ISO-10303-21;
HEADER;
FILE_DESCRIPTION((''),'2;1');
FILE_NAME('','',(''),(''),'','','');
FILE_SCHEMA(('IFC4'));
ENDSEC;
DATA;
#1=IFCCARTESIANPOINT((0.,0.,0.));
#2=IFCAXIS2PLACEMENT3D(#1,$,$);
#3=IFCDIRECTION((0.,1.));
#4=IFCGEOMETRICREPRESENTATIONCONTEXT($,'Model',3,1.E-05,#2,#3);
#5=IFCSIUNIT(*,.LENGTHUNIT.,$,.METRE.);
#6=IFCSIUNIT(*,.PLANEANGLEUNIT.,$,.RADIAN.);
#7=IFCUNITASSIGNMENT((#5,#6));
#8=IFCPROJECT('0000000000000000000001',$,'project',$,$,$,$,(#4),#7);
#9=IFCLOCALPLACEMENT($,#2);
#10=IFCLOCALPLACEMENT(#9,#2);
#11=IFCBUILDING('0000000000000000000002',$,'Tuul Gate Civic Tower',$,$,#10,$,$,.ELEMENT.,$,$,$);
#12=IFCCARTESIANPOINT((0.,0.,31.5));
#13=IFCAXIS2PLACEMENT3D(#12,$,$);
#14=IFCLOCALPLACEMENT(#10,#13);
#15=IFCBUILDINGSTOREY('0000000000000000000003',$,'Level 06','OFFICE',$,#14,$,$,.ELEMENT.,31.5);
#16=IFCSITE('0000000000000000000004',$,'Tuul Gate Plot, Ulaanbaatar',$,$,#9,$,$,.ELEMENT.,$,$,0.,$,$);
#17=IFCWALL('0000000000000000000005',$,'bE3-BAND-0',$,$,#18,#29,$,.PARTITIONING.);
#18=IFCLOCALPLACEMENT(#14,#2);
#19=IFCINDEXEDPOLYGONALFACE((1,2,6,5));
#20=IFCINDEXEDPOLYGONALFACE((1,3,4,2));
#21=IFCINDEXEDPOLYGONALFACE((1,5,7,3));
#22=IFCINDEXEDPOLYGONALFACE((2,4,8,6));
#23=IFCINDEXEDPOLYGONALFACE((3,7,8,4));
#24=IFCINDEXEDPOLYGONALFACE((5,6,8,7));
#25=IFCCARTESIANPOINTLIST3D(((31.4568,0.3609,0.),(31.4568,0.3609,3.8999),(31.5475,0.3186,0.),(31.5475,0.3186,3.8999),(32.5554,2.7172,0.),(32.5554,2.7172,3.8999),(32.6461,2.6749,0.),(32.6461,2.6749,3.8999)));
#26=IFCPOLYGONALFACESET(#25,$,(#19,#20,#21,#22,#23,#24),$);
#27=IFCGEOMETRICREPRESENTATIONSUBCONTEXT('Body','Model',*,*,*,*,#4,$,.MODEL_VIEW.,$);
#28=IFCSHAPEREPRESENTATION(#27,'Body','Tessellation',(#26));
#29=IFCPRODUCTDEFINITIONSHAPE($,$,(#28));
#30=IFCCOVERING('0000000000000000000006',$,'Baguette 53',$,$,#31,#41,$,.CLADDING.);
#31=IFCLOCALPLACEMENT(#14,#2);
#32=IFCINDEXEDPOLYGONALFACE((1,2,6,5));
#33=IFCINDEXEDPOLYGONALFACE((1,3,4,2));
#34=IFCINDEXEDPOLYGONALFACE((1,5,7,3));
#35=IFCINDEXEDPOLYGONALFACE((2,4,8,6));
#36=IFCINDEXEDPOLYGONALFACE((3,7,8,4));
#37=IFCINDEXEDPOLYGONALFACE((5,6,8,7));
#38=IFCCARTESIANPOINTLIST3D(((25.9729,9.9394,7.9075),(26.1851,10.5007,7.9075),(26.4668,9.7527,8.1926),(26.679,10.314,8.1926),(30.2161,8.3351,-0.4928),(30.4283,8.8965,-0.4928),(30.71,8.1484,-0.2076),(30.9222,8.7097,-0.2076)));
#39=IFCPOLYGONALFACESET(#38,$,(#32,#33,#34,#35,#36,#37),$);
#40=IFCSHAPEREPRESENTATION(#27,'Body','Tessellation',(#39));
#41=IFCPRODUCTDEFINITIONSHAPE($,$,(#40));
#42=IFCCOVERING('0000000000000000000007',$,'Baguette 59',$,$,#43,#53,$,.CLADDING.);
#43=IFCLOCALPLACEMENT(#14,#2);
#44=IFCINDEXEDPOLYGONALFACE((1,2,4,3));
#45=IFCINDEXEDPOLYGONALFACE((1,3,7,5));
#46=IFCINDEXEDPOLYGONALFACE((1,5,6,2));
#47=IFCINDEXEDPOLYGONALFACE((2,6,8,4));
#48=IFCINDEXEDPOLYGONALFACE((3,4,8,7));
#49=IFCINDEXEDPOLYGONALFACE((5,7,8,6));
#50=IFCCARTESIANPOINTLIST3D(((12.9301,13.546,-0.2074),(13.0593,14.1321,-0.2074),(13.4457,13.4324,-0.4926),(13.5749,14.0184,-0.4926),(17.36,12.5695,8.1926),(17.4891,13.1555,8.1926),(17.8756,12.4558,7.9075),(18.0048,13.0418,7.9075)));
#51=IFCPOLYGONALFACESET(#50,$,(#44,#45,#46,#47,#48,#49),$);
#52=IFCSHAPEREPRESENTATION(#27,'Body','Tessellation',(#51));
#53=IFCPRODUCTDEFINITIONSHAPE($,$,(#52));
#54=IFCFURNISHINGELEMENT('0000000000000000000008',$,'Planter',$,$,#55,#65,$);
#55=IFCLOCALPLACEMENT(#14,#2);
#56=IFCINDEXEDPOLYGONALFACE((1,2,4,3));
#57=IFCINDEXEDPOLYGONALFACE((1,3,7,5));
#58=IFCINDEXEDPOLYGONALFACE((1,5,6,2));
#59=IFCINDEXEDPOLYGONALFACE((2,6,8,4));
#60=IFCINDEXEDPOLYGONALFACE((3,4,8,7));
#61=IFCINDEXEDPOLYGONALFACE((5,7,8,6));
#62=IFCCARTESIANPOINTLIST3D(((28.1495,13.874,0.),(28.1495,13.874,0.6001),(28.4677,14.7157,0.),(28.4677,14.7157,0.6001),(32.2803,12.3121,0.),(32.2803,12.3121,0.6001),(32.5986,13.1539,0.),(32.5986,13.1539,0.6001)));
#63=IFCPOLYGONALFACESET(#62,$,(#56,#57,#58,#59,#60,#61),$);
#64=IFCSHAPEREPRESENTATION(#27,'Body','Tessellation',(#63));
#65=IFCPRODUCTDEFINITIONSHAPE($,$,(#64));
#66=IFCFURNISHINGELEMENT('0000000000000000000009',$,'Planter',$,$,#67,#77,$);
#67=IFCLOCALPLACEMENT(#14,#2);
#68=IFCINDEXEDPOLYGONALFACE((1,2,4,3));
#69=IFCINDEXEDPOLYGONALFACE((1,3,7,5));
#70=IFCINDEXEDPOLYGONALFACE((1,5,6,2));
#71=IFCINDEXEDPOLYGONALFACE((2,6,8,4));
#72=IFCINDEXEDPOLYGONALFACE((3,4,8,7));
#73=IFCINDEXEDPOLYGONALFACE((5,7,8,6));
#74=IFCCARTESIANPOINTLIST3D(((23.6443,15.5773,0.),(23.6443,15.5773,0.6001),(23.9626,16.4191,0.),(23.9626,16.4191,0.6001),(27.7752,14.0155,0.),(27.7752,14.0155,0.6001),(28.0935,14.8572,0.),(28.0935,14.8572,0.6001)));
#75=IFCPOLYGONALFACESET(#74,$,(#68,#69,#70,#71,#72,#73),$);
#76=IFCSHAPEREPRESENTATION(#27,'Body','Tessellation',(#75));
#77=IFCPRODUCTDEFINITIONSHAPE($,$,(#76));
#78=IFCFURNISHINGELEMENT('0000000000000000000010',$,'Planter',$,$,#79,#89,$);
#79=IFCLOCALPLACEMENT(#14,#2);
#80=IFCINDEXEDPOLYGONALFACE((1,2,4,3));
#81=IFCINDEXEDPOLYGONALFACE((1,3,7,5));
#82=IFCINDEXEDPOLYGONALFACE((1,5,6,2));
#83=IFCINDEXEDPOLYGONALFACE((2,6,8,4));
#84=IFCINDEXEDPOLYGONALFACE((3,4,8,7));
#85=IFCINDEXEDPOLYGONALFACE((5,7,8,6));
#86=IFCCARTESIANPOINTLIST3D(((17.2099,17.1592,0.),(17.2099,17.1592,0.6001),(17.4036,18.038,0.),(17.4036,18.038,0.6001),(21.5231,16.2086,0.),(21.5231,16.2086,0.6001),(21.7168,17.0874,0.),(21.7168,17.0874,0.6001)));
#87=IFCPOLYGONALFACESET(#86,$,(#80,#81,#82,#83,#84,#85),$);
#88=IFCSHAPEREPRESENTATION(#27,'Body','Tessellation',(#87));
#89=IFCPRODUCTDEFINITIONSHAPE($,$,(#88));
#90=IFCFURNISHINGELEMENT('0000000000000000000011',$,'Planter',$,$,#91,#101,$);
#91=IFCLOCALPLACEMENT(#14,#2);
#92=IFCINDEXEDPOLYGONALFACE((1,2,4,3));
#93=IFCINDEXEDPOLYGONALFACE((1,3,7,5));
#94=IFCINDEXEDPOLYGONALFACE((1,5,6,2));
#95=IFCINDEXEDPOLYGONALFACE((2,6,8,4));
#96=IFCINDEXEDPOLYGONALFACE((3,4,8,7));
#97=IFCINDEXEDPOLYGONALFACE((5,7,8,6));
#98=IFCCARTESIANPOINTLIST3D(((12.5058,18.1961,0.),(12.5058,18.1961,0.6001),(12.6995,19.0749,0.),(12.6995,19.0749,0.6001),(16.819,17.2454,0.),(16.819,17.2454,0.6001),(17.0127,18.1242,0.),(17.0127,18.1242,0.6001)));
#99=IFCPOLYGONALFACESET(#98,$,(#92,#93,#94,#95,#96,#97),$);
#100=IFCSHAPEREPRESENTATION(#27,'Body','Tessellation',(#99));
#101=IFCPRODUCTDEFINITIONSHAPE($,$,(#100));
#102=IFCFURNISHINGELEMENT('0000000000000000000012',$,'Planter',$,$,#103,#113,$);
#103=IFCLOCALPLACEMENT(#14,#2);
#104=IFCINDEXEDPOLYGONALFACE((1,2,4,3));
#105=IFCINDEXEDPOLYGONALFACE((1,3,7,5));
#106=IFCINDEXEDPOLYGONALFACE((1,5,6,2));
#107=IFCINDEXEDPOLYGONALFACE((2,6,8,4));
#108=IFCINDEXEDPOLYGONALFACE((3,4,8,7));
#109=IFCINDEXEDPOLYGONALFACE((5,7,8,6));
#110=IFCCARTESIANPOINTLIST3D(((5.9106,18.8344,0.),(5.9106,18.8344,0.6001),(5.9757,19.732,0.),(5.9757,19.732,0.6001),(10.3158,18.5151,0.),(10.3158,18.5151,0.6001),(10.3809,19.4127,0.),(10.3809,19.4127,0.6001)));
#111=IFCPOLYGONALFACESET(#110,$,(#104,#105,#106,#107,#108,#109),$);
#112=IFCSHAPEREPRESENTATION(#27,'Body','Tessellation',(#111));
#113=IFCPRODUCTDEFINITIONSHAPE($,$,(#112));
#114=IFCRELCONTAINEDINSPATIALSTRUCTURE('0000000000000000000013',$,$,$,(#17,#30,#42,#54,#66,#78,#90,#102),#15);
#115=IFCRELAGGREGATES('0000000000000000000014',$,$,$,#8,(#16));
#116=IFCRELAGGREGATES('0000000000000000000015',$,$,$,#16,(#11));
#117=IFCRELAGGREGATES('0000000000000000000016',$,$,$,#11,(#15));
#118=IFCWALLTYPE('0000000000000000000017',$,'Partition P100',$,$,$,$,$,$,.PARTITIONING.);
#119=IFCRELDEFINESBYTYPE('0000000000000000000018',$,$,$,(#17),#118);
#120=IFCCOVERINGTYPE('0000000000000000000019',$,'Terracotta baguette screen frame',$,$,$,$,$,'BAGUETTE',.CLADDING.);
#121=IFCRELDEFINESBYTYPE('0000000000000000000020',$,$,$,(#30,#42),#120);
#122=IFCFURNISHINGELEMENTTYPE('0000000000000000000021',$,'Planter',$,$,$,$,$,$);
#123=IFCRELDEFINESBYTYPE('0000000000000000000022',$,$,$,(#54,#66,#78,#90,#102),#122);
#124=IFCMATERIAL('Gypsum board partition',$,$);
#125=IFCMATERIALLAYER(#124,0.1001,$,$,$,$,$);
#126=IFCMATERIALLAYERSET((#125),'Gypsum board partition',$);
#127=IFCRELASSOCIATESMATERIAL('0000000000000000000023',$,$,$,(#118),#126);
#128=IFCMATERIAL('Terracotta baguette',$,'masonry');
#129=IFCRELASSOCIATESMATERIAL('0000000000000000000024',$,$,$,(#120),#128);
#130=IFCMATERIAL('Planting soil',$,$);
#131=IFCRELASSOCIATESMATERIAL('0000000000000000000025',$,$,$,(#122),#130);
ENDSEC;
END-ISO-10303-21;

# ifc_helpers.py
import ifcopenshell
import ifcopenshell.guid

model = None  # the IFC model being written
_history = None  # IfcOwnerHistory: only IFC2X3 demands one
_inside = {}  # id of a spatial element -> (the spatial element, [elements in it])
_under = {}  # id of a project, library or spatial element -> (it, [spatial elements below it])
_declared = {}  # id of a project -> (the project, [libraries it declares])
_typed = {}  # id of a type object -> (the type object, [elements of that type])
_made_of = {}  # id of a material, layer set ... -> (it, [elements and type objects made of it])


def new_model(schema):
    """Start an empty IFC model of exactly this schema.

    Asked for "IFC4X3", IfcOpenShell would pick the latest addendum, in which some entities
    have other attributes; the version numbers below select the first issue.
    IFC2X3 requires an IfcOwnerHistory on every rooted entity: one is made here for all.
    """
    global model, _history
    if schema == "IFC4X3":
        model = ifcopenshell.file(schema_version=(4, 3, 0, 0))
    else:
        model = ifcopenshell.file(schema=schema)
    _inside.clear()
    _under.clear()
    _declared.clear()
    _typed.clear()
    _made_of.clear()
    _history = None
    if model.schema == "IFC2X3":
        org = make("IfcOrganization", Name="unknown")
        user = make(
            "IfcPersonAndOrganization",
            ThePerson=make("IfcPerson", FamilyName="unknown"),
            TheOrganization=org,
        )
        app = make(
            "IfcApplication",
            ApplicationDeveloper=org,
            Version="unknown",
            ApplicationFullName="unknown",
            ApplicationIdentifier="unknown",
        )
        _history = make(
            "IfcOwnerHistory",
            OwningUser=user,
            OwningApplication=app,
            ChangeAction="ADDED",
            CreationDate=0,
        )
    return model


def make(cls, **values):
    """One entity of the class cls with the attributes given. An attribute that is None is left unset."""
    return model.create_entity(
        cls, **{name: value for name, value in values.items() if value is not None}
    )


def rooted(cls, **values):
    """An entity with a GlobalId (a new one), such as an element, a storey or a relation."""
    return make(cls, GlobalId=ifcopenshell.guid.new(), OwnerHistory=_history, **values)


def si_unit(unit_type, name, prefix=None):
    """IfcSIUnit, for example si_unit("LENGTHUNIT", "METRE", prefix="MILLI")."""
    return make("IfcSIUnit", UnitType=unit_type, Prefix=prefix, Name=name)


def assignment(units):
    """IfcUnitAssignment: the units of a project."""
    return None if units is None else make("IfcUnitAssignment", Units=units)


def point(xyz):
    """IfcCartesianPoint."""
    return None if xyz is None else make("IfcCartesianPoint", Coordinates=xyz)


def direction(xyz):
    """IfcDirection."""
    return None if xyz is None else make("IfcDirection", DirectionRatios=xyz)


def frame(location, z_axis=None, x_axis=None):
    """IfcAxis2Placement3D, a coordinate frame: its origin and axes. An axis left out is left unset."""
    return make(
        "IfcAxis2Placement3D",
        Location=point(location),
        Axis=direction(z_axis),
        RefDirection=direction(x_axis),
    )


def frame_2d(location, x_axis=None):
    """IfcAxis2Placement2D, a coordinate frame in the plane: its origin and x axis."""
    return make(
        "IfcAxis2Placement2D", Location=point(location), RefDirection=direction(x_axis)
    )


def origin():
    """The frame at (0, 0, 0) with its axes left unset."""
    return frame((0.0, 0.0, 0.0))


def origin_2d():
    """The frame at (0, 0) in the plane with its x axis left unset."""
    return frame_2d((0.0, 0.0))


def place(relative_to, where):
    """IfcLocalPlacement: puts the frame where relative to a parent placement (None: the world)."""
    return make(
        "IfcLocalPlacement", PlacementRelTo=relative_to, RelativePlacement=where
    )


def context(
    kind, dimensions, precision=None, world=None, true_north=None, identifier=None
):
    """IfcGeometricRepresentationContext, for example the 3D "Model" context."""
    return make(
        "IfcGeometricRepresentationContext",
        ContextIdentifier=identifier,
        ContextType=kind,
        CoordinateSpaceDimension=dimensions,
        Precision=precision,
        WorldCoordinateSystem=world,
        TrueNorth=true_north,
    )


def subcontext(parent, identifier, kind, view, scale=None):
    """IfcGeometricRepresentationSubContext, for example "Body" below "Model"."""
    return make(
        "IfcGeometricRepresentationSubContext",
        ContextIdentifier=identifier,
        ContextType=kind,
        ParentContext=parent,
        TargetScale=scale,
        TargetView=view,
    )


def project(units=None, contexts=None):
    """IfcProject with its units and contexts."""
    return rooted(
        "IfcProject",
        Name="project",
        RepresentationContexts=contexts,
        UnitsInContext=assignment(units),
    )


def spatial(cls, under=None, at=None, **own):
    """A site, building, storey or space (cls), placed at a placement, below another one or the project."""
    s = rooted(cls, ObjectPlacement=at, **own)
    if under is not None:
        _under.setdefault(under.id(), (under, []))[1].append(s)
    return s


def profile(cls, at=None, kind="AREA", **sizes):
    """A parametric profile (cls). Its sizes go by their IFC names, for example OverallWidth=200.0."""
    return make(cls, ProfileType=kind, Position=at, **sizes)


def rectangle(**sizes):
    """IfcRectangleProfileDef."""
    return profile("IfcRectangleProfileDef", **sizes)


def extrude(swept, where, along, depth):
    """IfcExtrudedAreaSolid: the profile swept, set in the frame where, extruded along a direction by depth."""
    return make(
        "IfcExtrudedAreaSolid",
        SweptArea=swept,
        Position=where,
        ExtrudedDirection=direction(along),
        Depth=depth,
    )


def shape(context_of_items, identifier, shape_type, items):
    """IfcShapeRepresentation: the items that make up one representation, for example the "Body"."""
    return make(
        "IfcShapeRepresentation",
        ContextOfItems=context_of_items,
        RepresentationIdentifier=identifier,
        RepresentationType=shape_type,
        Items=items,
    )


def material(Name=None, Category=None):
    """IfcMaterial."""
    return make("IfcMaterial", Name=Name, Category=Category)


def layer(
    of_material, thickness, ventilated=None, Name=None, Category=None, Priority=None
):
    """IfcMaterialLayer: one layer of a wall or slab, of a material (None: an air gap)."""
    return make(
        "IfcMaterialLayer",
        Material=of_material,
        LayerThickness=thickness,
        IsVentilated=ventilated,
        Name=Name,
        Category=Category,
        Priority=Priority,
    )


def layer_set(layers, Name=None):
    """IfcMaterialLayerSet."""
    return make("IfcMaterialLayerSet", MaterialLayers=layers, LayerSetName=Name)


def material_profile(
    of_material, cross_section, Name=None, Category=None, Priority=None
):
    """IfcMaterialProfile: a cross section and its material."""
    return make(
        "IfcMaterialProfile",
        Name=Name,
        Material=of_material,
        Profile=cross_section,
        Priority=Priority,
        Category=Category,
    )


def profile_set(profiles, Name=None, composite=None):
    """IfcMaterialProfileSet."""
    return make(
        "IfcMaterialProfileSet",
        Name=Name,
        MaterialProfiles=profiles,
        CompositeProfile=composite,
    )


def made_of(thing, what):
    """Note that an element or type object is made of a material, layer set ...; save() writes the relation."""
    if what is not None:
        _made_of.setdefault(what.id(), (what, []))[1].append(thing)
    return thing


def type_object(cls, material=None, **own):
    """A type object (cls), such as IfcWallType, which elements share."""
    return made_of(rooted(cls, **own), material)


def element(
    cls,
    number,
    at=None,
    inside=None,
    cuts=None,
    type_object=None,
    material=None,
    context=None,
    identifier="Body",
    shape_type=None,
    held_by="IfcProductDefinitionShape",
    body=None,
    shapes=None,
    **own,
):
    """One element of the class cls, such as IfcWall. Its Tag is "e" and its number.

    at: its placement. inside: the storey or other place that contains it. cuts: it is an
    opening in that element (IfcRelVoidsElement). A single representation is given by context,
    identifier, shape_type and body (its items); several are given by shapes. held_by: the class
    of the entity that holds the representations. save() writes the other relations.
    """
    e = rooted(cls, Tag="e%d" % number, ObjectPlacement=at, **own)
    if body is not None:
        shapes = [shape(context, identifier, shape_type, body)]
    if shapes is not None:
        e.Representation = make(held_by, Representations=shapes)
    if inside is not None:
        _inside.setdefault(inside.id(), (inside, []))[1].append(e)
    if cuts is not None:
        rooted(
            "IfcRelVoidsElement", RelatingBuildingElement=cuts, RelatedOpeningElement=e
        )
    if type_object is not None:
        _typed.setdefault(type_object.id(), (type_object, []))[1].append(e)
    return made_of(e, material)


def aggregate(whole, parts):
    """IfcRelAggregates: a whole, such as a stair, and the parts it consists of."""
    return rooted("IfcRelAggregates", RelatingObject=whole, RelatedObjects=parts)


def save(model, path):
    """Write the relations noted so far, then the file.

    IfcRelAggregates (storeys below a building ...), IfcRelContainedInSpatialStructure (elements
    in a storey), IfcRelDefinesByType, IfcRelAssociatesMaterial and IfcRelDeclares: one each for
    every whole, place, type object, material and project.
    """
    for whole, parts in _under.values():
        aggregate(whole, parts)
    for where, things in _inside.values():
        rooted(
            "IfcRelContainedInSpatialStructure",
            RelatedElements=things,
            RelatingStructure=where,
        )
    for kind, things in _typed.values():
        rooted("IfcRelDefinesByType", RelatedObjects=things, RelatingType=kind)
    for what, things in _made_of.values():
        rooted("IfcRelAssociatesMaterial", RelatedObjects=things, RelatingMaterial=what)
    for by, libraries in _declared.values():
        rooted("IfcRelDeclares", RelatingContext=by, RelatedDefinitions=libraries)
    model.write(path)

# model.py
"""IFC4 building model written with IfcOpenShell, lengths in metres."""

from ifc_helpers import new_model, si_unit, direction, frame, frame_2d, origin, origin_2d, place, context, subcontext, project, spatial, rectangle, extrude, material, layer, layer_set, material_profile, profile_set, type_object, element, save


model = new_model("IFC4")

# Units and contexts
model_context = context("Model", 3, precision=1e-05, world=origin(), true_north=direction((0.0, 1.0)))
body_context = subcontext(model_context, "Body", "Model", "MODEL_VIEW")
ifc_project = project(units=[si_unit("LENGTHUNIT", "METRE"), si_unit("PLANEANGLEUNIT", "RADIAN")], contexts=[model_context])

# Site, building, storey
site_placement = place(None, origin())
site = spatial("IfcSite", under=ifc_project, at=site_placement, Name="Tuul Gate Plot, Ulaanbaatar", CompositionType="ELEMENT", RefElevation=0.0)
building_placement = place(site_placement, origin())
building = spatial("IfcBuilding", under=site, at=building_placement, Name="Tuul Gate Civic Tower", CompositionType="ELEMENT")
storey_placement = place(building_placement, frame((0.0, 0.0, 31.5)))
storey = spatial("IfcBuildingStorey", under=building, at=storey_placement, Name="Level 06", Description="OFFICE", CompositionType="ELEMENT", Elevation=31.5)

# Wall
ifc_material_1 = material(Name="Gypsum board partition")
ifc_layer_1 = layer(ifc_material_1, 0.1001)
ifc_layer_set_1 = layer_set([ifc_layer_1], Name="Gypsum board partition")
wall_type_1 = type_object("IfcWallType", Name="Partition P100", PredefinedType="PARTITIONING", material=ifc_layer_set_1)
wall_1_placement = place(storey_placement, frame((31.5022, 0.3398, 0.0), z_axis=(0.0, 0.0, 1.0), x_axis=(0.422556, 0.906337, 0.0)))
element("IfcWall", 1, at=wall_1_placement, inside=storey, type_object=wall_type_1, Name="bE3-BAND-0", PredefinedType="PARTITIONING", context=body_context, shape_type="SweptSolid", body=[
    extrude(rectangle(XDim=2.5999, YDim=0.1001, at=frame_2d((1.2998, 0.0))), origin(), (0.0, 0.0, 1.0), 3.8999),
])

# Coverings
ifc_material_2 = material(Name="Terracotta baguette", Category="masonry")
ifc_material_profile_1 = material_profile(ifc_material_2, rectangle(XDim=0.6001, YDim=0.6001, at=origin_2d()), Name="Terracotta baguette screen frame")
ifc_profile_set_1 = profile_set([ifc_material_profile_1], Name="Terracotta baguette")
covering_type = type_object("IfcCoveringType", Name="Terracotta baguette screen frame", ElementType="BAGUETTE", PredefinedType="CLADDING", material=ifc_profile_set_1)
covering_1_placement = place(storey_placement, frame((26.3259, 10.1267, 8.05), z_axis=(0.444461, -0.168041, -0.879896), x_axis=(0.353647, 0.935379, 0.0)))
element("IfcCovering", 2, at=covering_1_placement, inside=storey, type_object=covering_type, Name="Baguette 53", PredefinedType="CLADDING", context=body_context, shape_type="SweptSolid", body=[
    extrude(rectangle(XDim=0.6001, YDim=0.6001, at=origin_2d()), origin(), (0.0, 0.0, 1.0), 9.5469),
])
covering_2_placement = place(storey_placement, frame((17.6824, 12.8057, 8.05), z_axis=(-0.464025, 0.102293, -0.879896), x_axis=(-0.215278, -0.976553, 0.0)))
element("IfcCovering", 3, at=covering_2_placement, inside=storey, type_object=covering_type, Name="Baguette 59", PredefinedType="CLADDING", context=body_context, shape_type="SweptSolid", body=[
    extrude(rectangle(XDim=0.6001, YDim=0.6001, at=origin_2d()), origin(), (0.0, 0.0, 1.0), 9.5466),
])

# Furnishing elements
ifc_material_3 = material(Name="Planting soil")
furnishing_element_type = type_object("IfcFurnishingElementType", Name="Planter", material=ifc_material_3)
for number, where, z_axis, x_axis, name in (
    (4, (30.374, 13.5139, 0.0), (0.0, 0.0, 1.0), (-0.935375, 0.353656, 0.0), "Planter"),
    (5, (25.8689, 15.2173, 0.0), (0.0, 0.0, 1.0), (-0.935375, 0.353656, 0.0), "Planter"),
):
    element("IfcFurnishingElement", number, at=place(storey_placement, frame(where, z_axis=z_axis, x_axis=x_axis)), inside=storey, type_object=furnishing_element_type, Name=name, context=body_context, shape_type="SweptSolid", body=[
        extrude(rectangle(XDim=4.4163, YDim=0.8999, at=origin_2d()), origin(), (0.0, 0.0, 1.0), 0.6001),
    ])
for number, where, z_axis, x_axis, name in (
    (6, (19.4634, 17.1233, 0.0), (0.0, 0.0, 1.0), (-0.976562, 0.215237, 0.0), "Planter"),
    (7, (14.7593, 18.1602, 0.0), (0.0, 0.0, 1.0), (-0.976562, 0.215237, 0.0), "Planter"),
    (8, (8.1458, 19.1235, 0.0), (0.0, 0.0, 1.0), (-0.997384, 0.072292, 0.0), "Planter"),
):
    element("IfcFurnishingElement", number, at=place(storey_placement, frame(where, z_axis=z_axis, x_axis=x_axis)), inside=storey, type_object=furnishing_element_type, Name=name, context=body_context, shape_type="SweptSolid", body=[
        extrude(rectangle(XDim=4.4167, YDim=0.8999, at=origin_2d()), origin(), (0.0, 0.0, 1.0), 0.6001),
    ])

save(model, "model.ifc")
